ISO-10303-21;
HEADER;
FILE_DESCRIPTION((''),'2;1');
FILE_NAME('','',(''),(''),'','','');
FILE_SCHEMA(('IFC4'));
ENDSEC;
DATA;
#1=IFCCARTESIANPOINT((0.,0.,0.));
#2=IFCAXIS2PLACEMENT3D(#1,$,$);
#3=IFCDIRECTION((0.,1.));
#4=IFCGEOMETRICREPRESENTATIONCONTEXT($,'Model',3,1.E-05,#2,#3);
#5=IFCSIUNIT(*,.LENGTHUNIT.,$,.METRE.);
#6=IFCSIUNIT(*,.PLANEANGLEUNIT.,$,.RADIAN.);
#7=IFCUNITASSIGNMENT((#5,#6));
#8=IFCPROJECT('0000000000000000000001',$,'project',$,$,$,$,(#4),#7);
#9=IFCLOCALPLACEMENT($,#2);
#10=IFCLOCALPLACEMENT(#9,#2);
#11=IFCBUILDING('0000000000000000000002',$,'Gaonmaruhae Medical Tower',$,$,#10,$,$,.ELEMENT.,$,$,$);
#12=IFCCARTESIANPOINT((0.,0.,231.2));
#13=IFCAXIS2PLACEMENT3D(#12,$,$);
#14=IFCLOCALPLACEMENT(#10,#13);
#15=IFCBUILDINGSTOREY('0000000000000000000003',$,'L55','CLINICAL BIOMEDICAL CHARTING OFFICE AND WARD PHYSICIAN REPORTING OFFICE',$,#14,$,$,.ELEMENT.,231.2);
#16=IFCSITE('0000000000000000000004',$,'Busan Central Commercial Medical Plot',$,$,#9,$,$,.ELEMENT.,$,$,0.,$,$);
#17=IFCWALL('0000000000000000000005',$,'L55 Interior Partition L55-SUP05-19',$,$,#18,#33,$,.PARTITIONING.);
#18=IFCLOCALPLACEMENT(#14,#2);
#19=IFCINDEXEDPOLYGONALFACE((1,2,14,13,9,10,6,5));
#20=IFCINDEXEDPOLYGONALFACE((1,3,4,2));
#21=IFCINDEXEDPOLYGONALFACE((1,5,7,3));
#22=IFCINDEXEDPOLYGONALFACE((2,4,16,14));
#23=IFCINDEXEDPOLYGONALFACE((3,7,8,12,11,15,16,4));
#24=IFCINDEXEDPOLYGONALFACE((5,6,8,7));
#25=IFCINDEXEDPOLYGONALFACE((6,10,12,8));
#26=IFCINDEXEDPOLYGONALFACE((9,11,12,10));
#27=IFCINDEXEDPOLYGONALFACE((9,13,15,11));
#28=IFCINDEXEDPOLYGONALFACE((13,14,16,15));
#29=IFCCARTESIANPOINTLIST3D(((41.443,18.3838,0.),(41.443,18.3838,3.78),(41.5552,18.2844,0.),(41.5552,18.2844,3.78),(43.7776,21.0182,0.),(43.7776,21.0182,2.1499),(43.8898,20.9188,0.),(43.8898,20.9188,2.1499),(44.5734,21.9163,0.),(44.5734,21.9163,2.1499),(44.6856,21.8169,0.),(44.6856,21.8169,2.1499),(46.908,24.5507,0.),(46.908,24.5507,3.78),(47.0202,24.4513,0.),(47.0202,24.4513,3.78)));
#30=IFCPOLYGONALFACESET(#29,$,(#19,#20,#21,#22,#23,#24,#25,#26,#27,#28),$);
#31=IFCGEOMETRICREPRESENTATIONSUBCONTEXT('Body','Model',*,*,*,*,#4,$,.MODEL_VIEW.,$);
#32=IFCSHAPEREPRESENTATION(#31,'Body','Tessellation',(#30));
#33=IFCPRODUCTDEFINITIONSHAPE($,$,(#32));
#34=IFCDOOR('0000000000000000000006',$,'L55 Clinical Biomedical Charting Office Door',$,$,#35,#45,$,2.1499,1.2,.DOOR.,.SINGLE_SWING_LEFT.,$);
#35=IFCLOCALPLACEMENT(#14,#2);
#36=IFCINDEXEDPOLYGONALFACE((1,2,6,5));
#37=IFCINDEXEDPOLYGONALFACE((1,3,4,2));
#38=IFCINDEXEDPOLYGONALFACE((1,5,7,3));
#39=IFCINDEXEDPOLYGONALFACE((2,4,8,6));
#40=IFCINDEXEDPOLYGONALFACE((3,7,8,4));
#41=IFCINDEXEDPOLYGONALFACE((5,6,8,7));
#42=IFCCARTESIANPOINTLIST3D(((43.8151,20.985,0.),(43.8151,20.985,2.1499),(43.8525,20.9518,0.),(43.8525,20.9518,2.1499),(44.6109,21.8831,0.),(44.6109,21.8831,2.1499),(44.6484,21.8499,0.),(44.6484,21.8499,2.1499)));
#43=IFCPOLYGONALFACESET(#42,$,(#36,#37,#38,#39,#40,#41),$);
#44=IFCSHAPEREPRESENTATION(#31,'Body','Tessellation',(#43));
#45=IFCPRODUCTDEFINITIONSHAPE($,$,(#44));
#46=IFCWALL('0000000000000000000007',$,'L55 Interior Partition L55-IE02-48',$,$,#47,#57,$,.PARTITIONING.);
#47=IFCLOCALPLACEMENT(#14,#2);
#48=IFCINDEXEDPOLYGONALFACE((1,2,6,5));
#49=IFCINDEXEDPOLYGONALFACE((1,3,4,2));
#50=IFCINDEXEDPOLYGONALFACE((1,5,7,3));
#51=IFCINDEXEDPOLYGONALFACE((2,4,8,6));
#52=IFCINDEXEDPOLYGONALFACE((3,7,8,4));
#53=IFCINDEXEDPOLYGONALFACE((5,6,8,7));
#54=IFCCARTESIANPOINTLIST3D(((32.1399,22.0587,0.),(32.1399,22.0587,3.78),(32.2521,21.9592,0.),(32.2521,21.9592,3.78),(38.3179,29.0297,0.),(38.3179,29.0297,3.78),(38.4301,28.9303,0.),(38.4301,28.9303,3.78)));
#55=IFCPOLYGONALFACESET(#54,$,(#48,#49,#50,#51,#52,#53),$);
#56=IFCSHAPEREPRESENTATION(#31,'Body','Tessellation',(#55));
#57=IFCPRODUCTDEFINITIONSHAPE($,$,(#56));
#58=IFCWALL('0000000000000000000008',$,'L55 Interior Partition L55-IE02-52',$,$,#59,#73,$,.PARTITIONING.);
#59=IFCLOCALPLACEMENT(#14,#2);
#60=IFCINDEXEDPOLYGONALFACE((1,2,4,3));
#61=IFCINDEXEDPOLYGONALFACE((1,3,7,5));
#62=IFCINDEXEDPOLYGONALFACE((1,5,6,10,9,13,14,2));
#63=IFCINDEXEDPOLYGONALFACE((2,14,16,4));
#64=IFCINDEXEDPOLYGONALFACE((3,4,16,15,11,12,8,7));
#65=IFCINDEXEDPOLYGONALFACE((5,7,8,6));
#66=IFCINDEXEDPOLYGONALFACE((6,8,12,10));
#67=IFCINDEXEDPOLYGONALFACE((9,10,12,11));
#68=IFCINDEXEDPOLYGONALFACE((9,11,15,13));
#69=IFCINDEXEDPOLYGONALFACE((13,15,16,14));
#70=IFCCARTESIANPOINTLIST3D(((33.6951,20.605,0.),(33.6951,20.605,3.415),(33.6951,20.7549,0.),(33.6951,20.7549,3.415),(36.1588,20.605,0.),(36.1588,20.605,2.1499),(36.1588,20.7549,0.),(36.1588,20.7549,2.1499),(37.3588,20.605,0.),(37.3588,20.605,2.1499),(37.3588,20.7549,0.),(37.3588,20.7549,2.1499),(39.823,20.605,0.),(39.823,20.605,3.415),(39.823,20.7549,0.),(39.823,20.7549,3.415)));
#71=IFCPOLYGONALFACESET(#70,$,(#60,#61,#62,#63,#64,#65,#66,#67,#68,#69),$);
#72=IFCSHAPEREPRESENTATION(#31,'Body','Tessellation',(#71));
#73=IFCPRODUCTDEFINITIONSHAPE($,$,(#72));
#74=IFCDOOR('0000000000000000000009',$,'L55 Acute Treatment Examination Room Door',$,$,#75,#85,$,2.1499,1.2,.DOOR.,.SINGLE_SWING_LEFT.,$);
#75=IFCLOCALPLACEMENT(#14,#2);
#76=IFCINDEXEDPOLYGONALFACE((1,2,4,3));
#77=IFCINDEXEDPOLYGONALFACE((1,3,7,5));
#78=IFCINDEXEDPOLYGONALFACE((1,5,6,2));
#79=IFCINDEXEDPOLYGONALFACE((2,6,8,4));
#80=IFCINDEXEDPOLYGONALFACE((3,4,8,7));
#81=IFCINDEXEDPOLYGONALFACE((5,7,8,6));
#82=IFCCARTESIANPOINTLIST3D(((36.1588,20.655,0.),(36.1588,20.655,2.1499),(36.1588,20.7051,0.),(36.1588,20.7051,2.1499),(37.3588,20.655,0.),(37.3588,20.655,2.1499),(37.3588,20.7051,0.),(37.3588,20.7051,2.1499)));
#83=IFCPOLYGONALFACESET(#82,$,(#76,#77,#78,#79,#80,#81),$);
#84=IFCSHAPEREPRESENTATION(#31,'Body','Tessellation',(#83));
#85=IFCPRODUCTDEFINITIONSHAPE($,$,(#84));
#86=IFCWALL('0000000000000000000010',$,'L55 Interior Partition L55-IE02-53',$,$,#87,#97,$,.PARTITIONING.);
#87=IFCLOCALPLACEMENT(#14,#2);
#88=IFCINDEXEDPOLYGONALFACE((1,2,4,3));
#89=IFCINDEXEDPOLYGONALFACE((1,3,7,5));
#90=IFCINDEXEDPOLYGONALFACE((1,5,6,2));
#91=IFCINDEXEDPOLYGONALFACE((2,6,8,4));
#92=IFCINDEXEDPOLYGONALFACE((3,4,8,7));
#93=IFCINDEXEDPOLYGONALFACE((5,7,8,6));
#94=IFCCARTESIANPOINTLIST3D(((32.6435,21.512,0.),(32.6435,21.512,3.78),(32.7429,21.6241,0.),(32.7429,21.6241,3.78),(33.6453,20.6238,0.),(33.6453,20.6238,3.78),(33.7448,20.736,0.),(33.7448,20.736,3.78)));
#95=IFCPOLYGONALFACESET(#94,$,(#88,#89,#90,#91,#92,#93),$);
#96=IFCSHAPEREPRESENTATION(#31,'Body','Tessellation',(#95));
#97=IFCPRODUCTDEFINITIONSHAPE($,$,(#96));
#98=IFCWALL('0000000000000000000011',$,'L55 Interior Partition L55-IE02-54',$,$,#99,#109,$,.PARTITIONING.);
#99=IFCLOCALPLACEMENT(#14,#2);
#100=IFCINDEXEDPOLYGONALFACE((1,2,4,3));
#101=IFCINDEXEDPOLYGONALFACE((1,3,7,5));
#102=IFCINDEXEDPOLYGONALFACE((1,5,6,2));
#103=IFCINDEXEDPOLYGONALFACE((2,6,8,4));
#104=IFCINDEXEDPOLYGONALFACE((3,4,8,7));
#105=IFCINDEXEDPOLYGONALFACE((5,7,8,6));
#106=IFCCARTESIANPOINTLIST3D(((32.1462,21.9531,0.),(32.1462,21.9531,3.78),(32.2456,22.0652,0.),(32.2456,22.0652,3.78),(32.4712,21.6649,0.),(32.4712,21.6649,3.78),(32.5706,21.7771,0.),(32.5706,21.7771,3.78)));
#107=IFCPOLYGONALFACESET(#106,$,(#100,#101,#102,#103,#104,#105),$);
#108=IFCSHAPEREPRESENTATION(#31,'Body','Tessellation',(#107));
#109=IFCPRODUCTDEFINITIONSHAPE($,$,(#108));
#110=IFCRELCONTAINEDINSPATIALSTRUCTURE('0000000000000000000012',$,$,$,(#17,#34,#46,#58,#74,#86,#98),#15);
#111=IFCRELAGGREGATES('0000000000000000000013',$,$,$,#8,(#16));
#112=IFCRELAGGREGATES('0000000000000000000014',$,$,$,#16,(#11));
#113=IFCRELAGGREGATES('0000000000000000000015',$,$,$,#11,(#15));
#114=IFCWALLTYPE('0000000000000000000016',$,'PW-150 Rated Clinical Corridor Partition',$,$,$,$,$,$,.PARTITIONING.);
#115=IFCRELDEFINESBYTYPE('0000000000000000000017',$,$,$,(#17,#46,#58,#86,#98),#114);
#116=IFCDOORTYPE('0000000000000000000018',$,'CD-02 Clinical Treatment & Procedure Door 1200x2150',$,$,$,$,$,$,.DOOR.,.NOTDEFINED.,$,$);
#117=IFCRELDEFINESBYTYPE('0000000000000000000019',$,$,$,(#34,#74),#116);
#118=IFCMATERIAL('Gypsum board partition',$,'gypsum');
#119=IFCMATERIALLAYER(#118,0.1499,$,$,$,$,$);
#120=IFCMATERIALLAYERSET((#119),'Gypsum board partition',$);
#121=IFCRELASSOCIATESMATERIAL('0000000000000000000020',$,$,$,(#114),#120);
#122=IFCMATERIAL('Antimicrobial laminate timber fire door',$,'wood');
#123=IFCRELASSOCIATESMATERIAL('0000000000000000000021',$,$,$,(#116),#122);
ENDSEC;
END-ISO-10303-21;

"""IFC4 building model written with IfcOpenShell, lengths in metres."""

from ifc_helpers import new_model, si_unit, direction, frame, frame_2d, origin, place, context, subcontext, project, spatial, rectangle, extrude, material, layer, layer_set, type_object, element, fill, save


model = new_model("IFC4")

# Units and contexts
model_context = context("Model", 3, precision=1e-05, world=origin(), true_north=direction((0.0, 1.0)))
body_context = subcontext(model_context, "Body", "Model", "MODEL_VIEW")
ifc_project = project(units=[si_unit("LENGTHUNIT", "METRE"), si_unit("PLANEANGLEUNIT", "RADIAN")], contexts=[model_context])

# Site, building, storey
site_placement = place(None, origin())
site = spatial("IfcSite", under=ifc_project, at=site_placement, Name="Busan Central Commercial Medical Plot", CompositionType="ELEMENT", RefElevation=0.0)
building_placement = place(site_placement, origin())
building = spatial("IfcBuilding", under=site, at=building_placement, Name="Gaonmaruhae Medical Tower", CompositionType="ELEMENT")
storey_placement = place(building_placement, frame((0.0, 0.0, 231.2)))
storey = spatial("IfcBuildingStorey", under=building, at=storey_placement, Name="L55", Description="CLINICAL BIOMEDICAL CHARTING OFFICE AND WARD PHYSICIAN REPORTING OFFICE", CompositionType="ELEMENT", Elevation=231.2)

# Shared definitions
ifc_material_1 = material(Name="Gypsum board partition", Category="gypsum")
ifc_layer_1 = layer(ifc_material_1, 0.1499)
ifc_layer_set_1 = layer_set([ifc_layer_1], Name="Gypsum board partition")
wall_type_1 = type_object("IfcWallType", Name="PW-150 Rated Clinical Corridor Partition", PredefinedType="PARTITIONING", material=ifc_layer_set_1)

# Wall, opening, door
wall_1_placement = place(storey_placement, frame((41.499, 18.334, 0.0), z_axis=(0.0, 0.0, 1.0), x_axis=(0.663232, 0.748414, 0.0)))
wall_1 = element("IfcWall", 1, at=wall_1_placement, inside=storey, type_object=wall_type_1, Name="L55 Interior Partition L55-SUP05-19", PredefinedType="PARTITIONING", context=body_context, shape_type="SweptSolid", body=[
    extrude(rectangle(XDim=8.24, YDim=0.1499, at=frame_2d((4.1201, 0.0))), origin(), (0.0, 0.0, 1.0), 3.78),
])
opening_1_placement = place(wall_1_placement, frame((3.52, 0.0, 0.0)))
opening_1 = element("IfcOpeningElement", 2, at=opening_1_placement, cuts=wall_1, PredefinedType="OPENING", context=body_context, shape_type="SweptSolid", body=[
    extrude(rectangle(XDim=1.2, YDim=2.1499, at=frame_2d((0.6001, 1.075))), frame((0.0, 0.085, 0.0), z_axis=(0.0, -1.0, 0.0), x_axis=(1.0, 0.0, 0.0)), (0.0, 0.0, 1.0), 0.1699),
])
ifc_material_2 = material(Name="Antimicrobial laminate timber fire door", Category="wood")
door_type = type_object("IfcDoorType", Name="CD-02 Clinical Treatment & Procedure Door 1200x2150", OperationType="NOTDEFINED", PredefinedType="DOOR", material=ifc_material_2)
door_1_placement = place(opening_1_placement, origin())
door_1 = element("IfcDoor", 3, at=door_1_placement, inside=storey, type_object=door_type, Name="L55 Clinical Biomedical Charting Office Door", OperationType="SINGLE_SWING_LEFT", OverallHeight=2.1499, OverallWidth=1.2, PredefinedType="DOOR", context=body_context, shape_type="SweptSolid", body=[
    extrude(rectangle(XDim=1.2, YDim=2.1499, at=frame_2d((0.6001, 1.075))), frame((0.0, 0.0249, 0.0), z_axis=(0.0, -1.0, 0.0), x_axis=(1.0, 0.0, 0.0)), (0.0, 0.0, 1.0), 0.05),
])
fill(opening_1, door_1)

# Wall
wall_2_placement = place(storey_placement, frame((32.196, 22.009, 0.0), z_axis=(0.0, 0.0, 1.0), x_axis=(0.663258, 0.74839, 0.0)))
element("IfcWall", 4, at=wall_2_placement, inside=storey, type_object=wall_type_1, Name="L55 Interior Partition L55-IE02-48", PredefinedType="PARTITIONING", context=body_context, shape_type="SweptSolid", body=[
    extrude(rectangle(XDim=9.3147, YDim=0.1499, at=frame_2d((4.6572, 0.0))), origin(), (0.0, 0.0, 1.0), 3.78),
])

# Wall, opening, door
wall_3_placement = place(storey_placement, frame((39.823, 20.6799, 0.0), z_axis=(0.0, 0.0, 1.0), x_axis=(-1.0, 0.0, 0.0)))
wall_3 = element("IfcWall", 5, at=wall_3_placement, inside=storey, type_object=wall_type_1, Name="L55 Interior Partition L55-IE02-52", PredefinedType="PARTITIONING", context=body_context, shape_type="SweptSolid", body=[
    extrude(rectangle(XDim=6.1279, YDim=0.1499, at=frame_2d((3.064, 0.0))), origin(), (0.0, 0.0, 1.0), 3.415),
])
opening_2_placement = place(wall_3_placement, frame((2.4641, 0.0, 0.0)))
opening_2 = element("IfcOpeningElement", 6, at=opening_2_placement, cuts=wall_3, PredefinedType="OPENING", context=body_context, shape_type="SweptSolid", body=[
    extrude(rectangle(XDim=1.2, YDim=2.1499, at=frame_2d((0.6001, 1.075))), frame((0.0, 0.085, 0.0), z_axis=(0.0, -1.0, 0.0), x_axis=(1.0, 0.0, 0.0)), (0.0, 0.0, 1.0), 0.1699),
])
door_2_placement = place(opening_2_placement, origin())
door_2 = element("IfcDoor", 7, at=door_2_placement, inside=storey, type_object=door_type, Name="L55 Acute Treatment Examination Room Door", OperationType="SINGLE_SWING_LEFT", OverallHeight=2.1499, OverallWidth=1.2, PredefinedType="DOOR", context=body_context, shape_type="SweptSolid", body=[
    extrude(rectangle(XDim=1.2, YDim=2.1499, at=frame_2d((0.6001, 1.075))), frame((0.0, 0.0249, 0.0), z_axis=(0.0, -1.0, 0.0), x_axis=(1.0, 0.0, 0.0)), (0.0, 0.0, 1.0), 0.05),
])
fill(opening_2, door_2)

# Walls
wall_4_placement = place(storey_placement, frame((33.6951, 20.6799, 0.0), z_axis=(0.0, 0.0, 1.0), x_axis=(-0.748314, 0.663345, 0.0)))
element("IfcWall", 8, at=wall_4_placement, inside=storey, type_object=wall_type_1, Name="L55 Interior Partition L55-IE02-53", PredefinedType="PARTITIONING", context=body_context, shape_type="SweptSolid", body=[
    extrude(rectangle(XDim=1.3389, YDim=0.1499, at=frame_2d((0.6694, 0.0))), origin(), (0.0, 0.0, 1.0), 3.78),
])
wall_5_placement = place(storey_placement, frame((32.521, 21.7209, 0.0), z_axis=(0.0, 0.0, 1.0), x_axis=(-0.748277, 0.663386, 0.0)))
element("IfcWall", 9, at=wall_5_placement, inside=storey, type_object=wall_type_1, Name="L55 Interior Partition L55-IE02-54", PredefinedType="PARTITIONING", context=body_context, shape_type="SweptSolid", body=[
    extrude(rectangle(XDim=0.4343, YDim=0.1499, at=frame_2d((0.2173, 0.0))), origin(), (0.0, 0.0, 1.0), 3.78),
])

save(model, "model.ifc")
